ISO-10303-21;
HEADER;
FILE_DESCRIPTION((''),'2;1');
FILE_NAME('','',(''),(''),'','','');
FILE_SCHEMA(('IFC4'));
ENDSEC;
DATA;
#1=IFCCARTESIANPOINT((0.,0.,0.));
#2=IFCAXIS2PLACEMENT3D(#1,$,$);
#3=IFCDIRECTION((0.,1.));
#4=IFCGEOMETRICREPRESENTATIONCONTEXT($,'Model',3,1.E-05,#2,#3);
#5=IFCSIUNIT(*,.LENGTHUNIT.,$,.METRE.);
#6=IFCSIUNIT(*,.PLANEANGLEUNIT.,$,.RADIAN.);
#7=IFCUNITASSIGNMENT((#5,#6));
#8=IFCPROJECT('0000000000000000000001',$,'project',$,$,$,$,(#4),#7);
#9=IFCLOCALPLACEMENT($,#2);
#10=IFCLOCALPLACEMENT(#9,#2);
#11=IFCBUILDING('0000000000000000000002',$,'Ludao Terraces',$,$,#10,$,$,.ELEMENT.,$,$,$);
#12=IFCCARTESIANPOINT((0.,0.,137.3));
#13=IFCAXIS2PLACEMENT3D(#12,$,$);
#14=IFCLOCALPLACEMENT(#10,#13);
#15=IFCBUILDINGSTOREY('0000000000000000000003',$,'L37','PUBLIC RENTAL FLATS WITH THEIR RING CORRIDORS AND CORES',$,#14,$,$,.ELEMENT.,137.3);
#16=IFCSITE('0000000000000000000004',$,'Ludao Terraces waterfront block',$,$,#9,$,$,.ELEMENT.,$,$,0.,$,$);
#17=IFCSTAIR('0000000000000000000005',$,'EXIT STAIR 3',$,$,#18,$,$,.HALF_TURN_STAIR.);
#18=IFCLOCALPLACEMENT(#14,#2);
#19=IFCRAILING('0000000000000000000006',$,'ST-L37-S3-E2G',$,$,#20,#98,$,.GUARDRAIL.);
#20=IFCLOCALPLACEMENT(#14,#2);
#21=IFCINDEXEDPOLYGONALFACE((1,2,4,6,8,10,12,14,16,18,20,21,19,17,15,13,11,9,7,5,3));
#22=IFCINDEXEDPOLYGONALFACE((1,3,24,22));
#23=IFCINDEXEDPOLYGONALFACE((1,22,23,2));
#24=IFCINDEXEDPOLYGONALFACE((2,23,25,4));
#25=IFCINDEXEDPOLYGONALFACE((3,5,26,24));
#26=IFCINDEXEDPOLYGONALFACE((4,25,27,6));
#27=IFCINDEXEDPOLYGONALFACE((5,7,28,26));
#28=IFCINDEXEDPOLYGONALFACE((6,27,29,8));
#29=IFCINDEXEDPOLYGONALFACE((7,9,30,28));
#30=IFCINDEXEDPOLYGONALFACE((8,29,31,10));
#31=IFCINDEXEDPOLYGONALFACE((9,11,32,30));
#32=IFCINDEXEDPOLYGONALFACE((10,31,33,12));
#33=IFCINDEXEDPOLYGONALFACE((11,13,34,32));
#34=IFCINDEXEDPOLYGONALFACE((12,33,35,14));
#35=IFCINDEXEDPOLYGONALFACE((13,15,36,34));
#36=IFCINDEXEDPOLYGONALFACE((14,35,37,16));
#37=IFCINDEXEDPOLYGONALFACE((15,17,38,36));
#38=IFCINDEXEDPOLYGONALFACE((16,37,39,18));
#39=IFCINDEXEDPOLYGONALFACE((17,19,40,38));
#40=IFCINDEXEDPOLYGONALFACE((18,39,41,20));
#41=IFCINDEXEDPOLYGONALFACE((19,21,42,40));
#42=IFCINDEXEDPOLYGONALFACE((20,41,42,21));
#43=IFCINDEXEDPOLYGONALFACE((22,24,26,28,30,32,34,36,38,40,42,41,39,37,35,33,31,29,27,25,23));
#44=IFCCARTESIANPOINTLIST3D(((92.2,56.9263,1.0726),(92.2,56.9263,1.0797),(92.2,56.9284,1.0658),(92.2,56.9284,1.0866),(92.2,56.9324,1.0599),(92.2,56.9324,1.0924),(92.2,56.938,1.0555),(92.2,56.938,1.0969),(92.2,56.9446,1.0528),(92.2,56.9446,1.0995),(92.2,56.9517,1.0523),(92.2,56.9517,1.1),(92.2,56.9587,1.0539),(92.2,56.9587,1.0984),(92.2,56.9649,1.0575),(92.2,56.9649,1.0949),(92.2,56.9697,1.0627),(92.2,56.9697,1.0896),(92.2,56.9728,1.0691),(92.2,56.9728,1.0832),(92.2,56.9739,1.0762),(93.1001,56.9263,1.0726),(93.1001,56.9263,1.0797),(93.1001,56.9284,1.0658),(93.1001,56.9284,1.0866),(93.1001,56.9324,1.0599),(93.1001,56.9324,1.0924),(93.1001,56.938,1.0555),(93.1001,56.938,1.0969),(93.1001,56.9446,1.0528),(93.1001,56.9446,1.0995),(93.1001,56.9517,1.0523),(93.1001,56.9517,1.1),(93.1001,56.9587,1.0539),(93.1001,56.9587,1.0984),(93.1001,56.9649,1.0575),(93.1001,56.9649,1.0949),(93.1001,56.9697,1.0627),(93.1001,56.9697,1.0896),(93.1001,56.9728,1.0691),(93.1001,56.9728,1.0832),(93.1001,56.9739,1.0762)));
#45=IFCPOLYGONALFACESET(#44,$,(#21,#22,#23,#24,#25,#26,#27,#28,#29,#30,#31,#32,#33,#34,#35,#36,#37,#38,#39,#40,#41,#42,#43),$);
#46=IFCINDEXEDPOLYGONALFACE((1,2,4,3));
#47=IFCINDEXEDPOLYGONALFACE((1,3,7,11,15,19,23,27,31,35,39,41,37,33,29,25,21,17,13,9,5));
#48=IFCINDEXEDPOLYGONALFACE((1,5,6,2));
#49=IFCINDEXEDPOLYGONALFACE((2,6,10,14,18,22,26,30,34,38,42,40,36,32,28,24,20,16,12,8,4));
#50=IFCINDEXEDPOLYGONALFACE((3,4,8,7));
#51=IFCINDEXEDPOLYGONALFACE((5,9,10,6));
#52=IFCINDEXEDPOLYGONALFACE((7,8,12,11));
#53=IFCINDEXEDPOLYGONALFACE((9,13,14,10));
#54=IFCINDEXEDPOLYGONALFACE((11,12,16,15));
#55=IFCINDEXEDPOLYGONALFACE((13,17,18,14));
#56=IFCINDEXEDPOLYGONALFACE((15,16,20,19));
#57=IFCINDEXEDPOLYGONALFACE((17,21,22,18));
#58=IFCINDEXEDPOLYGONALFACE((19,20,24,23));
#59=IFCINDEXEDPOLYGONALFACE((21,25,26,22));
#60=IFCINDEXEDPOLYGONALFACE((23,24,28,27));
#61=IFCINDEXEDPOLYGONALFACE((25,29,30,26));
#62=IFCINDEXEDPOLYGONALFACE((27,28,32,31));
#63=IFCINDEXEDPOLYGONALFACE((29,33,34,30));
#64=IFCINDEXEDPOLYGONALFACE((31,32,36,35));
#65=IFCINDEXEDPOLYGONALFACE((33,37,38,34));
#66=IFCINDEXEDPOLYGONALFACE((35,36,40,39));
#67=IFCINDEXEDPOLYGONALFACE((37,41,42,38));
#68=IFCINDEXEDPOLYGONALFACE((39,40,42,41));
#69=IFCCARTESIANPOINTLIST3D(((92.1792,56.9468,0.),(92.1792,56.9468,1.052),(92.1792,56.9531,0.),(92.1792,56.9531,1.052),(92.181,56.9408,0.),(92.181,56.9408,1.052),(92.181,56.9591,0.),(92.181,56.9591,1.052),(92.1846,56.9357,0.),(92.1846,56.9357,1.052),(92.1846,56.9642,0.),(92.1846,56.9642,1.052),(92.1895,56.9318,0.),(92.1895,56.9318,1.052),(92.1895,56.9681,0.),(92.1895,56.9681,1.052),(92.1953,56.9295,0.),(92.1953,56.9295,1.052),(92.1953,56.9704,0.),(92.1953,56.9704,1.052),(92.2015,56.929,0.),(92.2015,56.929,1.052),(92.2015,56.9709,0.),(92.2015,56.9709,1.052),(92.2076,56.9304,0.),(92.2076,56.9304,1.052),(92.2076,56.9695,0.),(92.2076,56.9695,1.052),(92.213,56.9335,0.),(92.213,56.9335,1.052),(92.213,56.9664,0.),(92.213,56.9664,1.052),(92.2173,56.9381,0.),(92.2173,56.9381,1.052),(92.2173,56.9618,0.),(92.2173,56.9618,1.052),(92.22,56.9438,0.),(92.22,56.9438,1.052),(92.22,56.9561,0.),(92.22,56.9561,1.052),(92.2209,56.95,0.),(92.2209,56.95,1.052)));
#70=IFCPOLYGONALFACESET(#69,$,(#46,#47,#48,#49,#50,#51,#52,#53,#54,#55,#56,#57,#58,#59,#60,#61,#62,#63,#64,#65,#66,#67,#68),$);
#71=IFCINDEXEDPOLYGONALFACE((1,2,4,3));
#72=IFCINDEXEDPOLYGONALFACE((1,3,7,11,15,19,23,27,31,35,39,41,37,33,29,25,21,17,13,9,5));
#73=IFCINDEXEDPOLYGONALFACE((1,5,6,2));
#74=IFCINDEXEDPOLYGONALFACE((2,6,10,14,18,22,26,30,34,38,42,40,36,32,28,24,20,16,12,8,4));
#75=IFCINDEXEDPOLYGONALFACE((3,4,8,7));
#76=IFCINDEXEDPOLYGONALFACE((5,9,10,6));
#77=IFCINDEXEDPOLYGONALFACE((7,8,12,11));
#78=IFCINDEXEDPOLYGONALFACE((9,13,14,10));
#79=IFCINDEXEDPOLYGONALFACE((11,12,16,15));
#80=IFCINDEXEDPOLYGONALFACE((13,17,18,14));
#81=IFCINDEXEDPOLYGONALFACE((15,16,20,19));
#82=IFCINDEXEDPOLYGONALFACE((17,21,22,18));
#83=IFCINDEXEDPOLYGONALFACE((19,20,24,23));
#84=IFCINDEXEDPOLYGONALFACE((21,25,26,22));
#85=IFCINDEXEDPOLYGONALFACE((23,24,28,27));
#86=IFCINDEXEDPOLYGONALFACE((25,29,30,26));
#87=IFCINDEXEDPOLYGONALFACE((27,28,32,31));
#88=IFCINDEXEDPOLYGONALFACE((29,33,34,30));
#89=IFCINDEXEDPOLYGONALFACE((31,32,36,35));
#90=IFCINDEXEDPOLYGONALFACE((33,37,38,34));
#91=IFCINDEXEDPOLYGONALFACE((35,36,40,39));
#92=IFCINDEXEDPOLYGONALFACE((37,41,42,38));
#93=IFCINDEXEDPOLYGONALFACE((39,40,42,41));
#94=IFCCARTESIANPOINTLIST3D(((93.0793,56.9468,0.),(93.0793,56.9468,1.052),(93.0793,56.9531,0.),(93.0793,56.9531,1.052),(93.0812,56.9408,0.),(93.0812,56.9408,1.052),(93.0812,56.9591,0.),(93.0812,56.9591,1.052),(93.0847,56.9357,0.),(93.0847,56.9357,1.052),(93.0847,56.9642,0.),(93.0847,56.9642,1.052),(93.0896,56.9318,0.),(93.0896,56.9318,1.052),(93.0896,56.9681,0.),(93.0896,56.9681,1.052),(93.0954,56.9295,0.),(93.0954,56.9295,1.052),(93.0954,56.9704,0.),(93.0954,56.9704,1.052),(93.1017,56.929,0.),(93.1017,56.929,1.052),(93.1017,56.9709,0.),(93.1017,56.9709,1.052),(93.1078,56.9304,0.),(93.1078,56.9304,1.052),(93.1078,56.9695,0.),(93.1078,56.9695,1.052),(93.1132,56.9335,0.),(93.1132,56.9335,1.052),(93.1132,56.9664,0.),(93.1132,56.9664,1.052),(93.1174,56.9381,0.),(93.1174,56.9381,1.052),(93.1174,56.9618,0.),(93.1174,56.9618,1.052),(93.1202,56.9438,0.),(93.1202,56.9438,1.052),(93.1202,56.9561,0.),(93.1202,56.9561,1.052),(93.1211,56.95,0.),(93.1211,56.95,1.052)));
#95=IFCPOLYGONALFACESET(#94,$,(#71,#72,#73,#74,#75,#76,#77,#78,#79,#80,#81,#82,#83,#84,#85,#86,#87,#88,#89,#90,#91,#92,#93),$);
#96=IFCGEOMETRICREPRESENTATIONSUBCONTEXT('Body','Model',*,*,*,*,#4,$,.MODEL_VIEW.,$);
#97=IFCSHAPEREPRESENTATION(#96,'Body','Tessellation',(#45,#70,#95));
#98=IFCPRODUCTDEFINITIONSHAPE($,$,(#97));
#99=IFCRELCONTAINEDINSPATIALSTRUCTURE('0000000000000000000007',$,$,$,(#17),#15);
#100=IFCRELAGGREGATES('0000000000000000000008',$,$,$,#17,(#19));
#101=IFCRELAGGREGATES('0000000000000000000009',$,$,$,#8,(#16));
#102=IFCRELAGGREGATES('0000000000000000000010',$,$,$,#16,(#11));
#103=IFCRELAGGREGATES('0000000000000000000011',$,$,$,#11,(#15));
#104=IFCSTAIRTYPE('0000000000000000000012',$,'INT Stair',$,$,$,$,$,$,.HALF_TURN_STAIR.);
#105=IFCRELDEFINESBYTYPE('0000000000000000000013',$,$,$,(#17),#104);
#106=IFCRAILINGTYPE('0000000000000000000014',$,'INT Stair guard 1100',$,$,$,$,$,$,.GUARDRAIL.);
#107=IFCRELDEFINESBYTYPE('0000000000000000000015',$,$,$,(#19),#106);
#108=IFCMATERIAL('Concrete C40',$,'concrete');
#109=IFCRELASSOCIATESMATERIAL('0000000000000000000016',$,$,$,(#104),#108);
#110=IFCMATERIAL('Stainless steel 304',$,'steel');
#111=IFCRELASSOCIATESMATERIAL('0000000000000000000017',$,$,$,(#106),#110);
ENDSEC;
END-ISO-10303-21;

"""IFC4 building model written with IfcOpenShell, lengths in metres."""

from ifc_helpers import new_model, si_unit, direction, frame, origin, origin_2d, place, context, subcontext, project, spatial, circle, extrude, material, type_object, element, aggregate, save


model = new_model("IFC4")

# Units and contexts
model_context = context("Model", 3, precision=1e-05, world=origin(), true_north=direction((0.0, 1.0)))
body_context = subcontext(model_context, "Body", "Model", "MODEL_VIEW")
ifc_project = project(units=[si_unit("LENGTHUNIT", "METRE"), si_unit("PLANEANGLEUNIT", "RADIAN")], contexts=[model_context])

# Site, building, storey
site_placement = place(None, origin())
site = spatial("IfcSite", under=ifc_project, at=site_placement, Name="Ludao Terraces waterfront block", CompositionType="ELEMENT", RefElevation=0.0)
building_placement = place(site_placement, origin())
building = spatial("IfcBuilding", under=site, at=building_placement, Name="Ludao Terraces", CompositionType="ELEMENT")
storey_placement = place(building_placement, frame((0.0, 0.0, 137.3)))
storey = spatial("IfcBuildingStorey", under=building, at=storey_placement, Name="L37", Description="PUBLIC RENTAL FLATS WITH THEIR RING CORRIDORS AND CORES", CompositionType="ELEMENT", Elevation=137.3)

# Shared definitions
ifc_material_1 = material(Name="Concrete C40", Category="concrete")

# Stair, railing
stair_type = type_object("IfcStairType", Name="INT Stair", PredefinedType="HALF_TURN_STAIR", material=ifc_material_1)
stair_placement = place(storey_placement, origin())
stair = element("IfcStair", 1, at=stair_placement, inside=storey, type_object=stair_type, Name="EXIT STAIR 3", PredefinedType="HALF_TURN_STAIR")
ifc_material_2 = material(Name="Stainless steel 304", Category="steel")
railing_type_1 = type_object("IfcRailingType", Name="INT Stair guard 1100", PredefinedType="GUARDRAIL", material=ifc_material_2)
railing_1_placement = place(storey_placement, frame((92.2, 56.95, 0.0)))
railing_1 = element("IfcRailing", 2, at=railing_1_placement, type_object=railing_type_1, Name="ST-L37-S3-E2G", PredefinedType="GUARDRAIL", context=body_context, shape_type="SweptSolid", body=[
    extrude(circle(Radius=0.0239, at=origin_2d()), frame((0.0, 0.0, 1.0762), z_axis=(1.0, 0.0, 0.0), x_axis=(0.0, 1.0, 0.0)), (0.0, 0.0, 1.0), 0.9001),
    extrude(circle(Radius=0.021, at=origin_2d()), origin(), (0.0, 0.0, 1.0), 1.052),
    extrude(circle(Radius=0.021, at=origin_2d()), frame((0.9001, 0.0, 0.0)), (0.0, 0.0, 1.0), 1.052),
])
aggregate(stair, [railing_1])

save(model, "model.ifc")
